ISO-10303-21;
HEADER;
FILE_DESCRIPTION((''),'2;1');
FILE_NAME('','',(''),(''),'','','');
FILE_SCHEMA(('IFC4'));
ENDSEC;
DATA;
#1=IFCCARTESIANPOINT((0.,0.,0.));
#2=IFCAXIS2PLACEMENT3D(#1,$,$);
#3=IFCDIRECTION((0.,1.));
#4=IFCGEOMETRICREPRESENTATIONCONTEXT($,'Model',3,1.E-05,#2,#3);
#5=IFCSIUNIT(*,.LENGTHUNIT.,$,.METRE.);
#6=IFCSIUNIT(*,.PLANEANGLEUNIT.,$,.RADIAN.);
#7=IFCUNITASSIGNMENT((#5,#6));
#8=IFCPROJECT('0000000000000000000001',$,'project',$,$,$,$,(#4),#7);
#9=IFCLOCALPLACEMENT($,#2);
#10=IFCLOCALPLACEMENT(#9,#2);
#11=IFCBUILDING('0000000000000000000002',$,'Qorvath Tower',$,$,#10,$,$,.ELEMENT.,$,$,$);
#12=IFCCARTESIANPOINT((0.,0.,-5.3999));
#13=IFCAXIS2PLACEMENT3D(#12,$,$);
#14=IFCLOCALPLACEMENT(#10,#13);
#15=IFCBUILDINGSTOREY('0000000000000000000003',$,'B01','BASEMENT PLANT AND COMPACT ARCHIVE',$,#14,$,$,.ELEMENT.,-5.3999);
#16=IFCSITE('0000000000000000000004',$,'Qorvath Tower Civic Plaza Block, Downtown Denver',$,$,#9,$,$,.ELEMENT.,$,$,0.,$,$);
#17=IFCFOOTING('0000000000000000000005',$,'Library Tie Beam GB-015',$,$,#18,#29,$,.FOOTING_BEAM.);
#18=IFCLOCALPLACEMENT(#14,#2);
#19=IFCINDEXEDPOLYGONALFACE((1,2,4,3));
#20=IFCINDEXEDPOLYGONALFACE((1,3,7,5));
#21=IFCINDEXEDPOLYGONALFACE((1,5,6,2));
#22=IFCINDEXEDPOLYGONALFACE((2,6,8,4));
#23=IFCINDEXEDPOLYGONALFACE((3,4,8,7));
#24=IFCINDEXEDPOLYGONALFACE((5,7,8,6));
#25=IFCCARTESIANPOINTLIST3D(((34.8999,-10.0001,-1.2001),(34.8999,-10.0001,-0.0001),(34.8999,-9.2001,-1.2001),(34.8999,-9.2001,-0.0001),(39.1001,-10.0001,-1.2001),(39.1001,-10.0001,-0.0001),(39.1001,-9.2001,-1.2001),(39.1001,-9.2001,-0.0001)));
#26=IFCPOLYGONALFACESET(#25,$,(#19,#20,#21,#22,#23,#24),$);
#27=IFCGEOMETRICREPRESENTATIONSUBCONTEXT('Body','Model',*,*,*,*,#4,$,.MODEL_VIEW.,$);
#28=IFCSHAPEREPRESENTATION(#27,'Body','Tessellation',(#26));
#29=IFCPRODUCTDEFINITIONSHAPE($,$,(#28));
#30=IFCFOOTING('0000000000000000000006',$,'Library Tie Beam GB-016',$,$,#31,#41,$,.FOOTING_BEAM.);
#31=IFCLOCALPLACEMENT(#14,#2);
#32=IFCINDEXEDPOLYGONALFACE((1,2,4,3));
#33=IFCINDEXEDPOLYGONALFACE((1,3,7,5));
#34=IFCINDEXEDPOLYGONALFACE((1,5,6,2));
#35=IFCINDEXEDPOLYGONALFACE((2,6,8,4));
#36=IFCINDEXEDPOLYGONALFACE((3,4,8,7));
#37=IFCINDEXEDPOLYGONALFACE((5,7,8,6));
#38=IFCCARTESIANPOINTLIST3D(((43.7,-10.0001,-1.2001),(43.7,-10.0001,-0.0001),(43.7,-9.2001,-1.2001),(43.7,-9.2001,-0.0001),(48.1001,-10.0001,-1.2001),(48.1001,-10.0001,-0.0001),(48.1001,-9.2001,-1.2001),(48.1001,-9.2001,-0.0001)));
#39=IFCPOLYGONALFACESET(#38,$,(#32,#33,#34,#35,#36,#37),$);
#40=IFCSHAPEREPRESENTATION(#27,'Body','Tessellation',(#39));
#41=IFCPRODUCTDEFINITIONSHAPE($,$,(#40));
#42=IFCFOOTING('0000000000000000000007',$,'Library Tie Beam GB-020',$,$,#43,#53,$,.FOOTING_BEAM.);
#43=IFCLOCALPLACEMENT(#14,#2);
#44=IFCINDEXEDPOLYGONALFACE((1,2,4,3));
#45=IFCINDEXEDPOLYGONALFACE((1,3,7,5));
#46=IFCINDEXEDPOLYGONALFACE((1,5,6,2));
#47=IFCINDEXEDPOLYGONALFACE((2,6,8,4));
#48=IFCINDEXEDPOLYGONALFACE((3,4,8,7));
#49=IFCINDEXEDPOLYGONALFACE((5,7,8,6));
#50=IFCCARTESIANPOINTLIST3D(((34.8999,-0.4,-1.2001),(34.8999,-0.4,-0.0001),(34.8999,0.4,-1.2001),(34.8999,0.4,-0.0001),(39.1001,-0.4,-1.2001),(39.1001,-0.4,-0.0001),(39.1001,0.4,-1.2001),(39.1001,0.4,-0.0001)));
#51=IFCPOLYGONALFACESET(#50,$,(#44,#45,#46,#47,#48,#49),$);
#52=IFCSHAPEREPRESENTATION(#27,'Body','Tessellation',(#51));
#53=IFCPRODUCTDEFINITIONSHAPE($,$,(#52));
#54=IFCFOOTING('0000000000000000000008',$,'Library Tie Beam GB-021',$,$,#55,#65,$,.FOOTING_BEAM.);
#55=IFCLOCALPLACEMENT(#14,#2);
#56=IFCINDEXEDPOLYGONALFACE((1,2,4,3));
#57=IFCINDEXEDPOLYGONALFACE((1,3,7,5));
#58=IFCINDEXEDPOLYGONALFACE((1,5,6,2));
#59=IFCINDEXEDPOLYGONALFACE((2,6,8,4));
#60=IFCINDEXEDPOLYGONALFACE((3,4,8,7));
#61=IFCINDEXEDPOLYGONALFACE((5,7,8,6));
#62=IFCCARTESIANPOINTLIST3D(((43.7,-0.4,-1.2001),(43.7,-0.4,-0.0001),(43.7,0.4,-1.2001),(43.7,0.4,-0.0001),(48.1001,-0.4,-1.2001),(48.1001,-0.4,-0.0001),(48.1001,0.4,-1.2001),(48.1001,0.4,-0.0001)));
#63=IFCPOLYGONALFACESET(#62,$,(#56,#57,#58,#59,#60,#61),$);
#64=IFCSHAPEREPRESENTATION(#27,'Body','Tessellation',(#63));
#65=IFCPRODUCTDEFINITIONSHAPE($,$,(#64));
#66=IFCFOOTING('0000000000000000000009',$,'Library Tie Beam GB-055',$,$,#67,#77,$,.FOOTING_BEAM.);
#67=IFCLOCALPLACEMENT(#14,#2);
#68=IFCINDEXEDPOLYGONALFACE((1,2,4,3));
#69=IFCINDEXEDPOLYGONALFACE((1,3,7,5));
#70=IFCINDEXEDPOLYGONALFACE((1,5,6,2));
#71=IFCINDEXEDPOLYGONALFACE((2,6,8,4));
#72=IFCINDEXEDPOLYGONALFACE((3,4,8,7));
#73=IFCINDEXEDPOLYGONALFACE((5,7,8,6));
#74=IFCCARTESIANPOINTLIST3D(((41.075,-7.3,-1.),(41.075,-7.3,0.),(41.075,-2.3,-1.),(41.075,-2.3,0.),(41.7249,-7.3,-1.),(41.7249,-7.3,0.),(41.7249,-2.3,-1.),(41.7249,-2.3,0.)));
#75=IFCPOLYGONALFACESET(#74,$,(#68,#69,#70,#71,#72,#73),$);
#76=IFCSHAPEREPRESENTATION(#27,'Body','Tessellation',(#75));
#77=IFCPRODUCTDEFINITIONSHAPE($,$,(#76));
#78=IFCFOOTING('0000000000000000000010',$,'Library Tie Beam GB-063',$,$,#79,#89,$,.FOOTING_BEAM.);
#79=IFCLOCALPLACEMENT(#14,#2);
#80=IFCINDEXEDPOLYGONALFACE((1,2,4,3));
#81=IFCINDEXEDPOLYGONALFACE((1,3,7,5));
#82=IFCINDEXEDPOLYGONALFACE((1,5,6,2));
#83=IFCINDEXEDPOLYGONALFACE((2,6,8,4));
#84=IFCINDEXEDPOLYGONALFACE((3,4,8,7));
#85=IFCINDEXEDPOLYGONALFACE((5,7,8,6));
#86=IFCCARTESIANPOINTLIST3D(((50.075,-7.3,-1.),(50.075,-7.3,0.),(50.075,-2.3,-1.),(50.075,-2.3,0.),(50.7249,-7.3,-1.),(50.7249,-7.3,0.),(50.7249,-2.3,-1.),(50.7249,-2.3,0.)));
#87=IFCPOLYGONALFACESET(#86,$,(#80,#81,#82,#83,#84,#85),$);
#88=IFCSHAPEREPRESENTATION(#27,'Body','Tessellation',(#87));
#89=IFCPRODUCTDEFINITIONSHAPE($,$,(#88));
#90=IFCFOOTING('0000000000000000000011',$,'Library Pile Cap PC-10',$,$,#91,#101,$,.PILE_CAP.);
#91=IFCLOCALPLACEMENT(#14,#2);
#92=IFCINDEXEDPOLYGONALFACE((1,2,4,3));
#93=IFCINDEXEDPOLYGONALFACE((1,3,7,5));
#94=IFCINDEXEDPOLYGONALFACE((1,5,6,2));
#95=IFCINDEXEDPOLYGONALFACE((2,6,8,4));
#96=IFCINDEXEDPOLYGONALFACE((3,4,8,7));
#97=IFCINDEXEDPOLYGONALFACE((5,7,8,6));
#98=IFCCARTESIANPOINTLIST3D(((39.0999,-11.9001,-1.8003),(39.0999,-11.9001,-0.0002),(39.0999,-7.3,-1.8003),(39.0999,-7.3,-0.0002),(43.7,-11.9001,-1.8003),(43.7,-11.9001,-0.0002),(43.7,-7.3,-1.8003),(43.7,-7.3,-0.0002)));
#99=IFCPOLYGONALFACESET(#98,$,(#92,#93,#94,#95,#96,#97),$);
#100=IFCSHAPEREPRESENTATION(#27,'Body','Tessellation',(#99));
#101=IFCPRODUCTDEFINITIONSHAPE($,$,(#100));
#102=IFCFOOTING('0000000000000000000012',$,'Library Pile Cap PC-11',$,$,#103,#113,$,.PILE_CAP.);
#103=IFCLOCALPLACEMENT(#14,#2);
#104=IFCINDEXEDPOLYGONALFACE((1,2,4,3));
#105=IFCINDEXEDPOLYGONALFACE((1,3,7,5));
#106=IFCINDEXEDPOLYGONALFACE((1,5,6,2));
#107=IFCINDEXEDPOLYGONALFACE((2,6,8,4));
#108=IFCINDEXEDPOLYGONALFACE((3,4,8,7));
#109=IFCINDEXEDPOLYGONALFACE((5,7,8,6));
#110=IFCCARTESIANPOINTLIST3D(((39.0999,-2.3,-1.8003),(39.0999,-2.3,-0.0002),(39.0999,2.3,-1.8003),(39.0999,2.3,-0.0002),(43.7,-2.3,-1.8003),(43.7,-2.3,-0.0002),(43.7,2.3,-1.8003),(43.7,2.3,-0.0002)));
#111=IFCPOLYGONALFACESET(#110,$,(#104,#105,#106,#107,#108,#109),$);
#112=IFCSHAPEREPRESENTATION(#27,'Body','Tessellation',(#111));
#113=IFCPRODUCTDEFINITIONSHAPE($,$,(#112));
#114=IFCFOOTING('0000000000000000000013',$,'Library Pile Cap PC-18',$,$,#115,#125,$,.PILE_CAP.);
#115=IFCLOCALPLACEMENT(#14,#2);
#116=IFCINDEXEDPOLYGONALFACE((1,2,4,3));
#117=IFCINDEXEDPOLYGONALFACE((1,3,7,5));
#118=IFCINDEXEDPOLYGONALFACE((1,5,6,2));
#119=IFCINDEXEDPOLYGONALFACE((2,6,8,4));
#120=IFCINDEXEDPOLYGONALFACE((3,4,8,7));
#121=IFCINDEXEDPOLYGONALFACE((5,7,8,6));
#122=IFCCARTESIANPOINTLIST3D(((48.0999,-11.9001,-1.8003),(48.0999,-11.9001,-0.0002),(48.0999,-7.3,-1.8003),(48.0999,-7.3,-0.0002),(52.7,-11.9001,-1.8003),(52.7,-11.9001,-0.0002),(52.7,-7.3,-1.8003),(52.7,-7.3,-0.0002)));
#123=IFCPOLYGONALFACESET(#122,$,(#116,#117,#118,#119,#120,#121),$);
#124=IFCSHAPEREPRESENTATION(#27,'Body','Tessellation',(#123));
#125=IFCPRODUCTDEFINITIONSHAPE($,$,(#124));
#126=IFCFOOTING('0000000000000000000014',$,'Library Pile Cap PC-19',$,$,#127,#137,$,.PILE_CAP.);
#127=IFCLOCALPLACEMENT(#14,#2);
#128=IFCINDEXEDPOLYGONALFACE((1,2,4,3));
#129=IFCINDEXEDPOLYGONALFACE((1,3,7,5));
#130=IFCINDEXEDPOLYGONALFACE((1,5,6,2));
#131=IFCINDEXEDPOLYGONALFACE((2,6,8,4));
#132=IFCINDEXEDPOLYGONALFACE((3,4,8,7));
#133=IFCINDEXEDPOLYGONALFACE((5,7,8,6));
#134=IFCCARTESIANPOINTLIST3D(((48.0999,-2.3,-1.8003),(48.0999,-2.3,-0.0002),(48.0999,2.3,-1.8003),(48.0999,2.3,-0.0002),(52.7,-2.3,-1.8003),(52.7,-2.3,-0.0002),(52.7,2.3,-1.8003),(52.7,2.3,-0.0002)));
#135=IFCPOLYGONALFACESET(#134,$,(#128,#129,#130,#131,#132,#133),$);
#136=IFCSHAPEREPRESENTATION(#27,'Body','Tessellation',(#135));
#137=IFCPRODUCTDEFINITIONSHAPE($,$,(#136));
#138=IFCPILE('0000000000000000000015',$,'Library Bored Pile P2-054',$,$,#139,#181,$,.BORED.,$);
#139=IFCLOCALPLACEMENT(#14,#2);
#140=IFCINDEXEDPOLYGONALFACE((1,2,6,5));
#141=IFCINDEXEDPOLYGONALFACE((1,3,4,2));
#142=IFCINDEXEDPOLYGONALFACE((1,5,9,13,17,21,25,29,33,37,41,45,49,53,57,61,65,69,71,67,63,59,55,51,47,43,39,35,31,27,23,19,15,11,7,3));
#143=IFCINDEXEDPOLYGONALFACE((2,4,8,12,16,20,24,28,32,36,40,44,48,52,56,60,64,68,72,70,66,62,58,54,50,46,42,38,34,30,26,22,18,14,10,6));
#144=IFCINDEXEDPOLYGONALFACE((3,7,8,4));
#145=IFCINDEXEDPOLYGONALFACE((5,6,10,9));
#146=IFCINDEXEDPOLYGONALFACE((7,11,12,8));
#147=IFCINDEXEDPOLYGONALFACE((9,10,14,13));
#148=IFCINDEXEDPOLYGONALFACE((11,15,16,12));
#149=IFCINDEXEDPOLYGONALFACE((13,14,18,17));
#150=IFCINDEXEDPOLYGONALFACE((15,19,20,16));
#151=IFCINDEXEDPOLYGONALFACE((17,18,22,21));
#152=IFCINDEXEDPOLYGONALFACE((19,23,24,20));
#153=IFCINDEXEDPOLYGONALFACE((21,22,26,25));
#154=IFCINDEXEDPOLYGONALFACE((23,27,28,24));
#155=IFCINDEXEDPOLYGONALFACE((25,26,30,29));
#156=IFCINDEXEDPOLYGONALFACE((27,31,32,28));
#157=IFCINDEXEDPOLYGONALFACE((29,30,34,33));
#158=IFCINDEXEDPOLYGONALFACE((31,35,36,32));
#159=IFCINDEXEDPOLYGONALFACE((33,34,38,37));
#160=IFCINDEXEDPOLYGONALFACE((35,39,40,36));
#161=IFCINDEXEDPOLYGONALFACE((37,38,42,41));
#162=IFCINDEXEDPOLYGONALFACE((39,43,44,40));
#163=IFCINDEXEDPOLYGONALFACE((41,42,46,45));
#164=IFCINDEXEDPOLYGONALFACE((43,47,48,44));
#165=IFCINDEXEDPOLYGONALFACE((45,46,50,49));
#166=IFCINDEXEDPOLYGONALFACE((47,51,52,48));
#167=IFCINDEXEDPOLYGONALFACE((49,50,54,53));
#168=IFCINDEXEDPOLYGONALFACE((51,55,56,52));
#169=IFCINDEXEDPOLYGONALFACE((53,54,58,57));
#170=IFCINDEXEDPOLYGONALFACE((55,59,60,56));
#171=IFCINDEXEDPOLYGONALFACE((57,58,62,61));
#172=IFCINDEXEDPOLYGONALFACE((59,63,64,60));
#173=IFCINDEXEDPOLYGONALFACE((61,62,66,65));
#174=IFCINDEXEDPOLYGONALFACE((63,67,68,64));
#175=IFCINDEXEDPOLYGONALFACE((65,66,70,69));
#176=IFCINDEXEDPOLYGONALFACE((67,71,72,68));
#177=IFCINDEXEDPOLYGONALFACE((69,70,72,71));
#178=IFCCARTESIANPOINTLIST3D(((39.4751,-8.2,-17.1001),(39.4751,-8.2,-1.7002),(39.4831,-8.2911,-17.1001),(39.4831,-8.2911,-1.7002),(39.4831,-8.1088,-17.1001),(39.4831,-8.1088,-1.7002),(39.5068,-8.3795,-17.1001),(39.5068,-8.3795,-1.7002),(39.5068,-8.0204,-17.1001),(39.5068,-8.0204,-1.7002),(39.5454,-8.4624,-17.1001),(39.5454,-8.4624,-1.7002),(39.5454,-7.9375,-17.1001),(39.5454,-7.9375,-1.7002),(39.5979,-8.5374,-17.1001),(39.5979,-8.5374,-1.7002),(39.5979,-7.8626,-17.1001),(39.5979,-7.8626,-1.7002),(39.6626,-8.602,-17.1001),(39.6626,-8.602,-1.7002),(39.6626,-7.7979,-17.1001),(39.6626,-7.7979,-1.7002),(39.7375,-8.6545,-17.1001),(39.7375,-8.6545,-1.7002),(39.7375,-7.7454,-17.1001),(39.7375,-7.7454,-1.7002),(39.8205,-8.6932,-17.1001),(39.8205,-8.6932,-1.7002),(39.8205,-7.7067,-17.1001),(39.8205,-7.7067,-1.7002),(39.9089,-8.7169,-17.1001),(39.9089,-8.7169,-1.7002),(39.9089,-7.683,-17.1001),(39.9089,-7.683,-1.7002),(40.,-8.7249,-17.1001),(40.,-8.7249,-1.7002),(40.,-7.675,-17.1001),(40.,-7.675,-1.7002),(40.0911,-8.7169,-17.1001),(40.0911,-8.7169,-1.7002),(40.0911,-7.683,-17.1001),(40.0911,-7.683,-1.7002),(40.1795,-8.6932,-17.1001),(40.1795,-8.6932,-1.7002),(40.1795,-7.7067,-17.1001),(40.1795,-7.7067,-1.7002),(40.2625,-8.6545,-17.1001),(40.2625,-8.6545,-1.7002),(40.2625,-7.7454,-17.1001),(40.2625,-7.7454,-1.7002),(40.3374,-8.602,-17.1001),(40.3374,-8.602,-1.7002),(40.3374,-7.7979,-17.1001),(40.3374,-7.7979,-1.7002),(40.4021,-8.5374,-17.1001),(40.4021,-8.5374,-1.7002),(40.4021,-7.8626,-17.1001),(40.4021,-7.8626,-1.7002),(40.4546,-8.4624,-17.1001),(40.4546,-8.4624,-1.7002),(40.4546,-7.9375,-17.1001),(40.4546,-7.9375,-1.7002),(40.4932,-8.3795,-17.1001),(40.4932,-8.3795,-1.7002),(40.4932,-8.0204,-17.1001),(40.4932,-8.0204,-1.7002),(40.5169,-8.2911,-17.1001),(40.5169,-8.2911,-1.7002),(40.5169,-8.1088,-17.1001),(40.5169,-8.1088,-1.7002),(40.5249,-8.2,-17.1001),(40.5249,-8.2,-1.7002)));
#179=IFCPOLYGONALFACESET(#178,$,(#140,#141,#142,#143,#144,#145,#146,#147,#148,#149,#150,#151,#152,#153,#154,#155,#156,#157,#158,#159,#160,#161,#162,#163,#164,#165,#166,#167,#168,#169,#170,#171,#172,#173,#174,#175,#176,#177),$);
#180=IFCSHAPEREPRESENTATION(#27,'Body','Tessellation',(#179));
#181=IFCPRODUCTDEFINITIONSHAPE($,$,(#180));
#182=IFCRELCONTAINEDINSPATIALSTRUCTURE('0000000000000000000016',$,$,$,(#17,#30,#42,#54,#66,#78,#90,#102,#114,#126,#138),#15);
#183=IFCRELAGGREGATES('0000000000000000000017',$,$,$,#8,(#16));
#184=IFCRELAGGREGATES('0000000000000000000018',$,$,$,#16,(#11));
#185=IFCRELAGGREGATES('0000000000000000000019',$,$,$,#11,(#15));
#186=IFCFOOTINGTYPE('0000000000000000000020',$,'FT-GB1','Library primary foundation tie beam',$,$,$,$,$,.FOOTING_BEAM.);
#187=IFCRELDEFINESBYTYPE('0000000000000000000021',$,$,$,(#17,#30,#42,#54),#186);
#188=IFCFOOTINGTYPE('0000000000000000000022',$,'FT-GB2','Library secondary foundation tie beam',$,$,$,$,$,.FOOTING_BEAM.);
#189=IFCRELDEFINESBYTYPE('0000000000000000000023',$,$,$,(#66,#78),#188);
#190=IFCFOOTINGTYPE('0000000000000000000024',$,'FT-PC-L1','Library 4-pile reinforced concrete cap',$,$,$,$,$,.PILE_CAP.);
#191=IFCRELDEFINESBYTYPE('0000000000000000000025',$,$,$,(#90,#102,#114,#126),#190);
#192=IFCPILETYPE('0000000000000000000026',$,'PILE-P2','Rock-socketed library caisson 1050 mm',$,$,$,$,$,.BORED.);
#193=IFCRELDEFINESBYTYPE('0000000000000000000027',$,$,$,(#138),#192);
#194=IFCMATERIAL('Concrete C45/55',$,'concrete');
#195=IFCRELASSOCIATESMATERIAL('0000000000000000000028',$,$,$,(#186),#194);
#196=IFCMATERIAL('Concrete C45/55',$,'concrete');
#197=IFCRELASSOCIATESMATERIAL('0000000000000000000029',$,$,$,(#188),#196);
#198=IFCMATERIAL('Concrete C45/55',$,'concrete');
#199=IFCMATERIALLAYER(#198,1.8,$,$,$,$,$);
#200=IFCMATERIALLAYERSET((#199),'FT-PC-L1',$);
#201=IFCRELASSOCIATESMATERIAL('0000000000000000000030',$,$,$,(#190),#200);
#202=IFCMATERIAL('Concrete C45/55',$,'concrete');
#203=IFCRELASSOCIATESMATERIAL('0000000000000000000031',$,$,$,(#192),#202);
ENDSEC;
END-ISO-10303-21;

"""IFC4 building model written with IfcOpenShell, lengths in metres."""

from ifc_helpers import new_model, si_unit, direction, frame, origin, origin_2d, place, context, subcontext, project, spatial, rectangle, circle, extrude, material, layer, layer_set, material_profile, profile_set, type_object, element, save


model = new_model("IFC4")

# Units and contexts
model_context = context("Model", 3, precision=1e-05, world=origin(), true_north=direction((0.0, 1.0)))
body_context = subcontext(model_context, "Body", "Model", "MODEL_VIEW")
ifc_project = project(units=[si_unit("LENGTHUNIT", "METRE"), si_unit("PLANEANGLEUNIT", "RADIAN")], contexts=[model_context])

# Site, building, storey
site_placement = place(None, origin())
site = spatial("IfcSite", under=ifc_project, at=site_placement, Name="Qorvath Tower Civic Plaza Block, Downtown Denver", CompositionType="ELEMENT", RefElevation=0.0)
building_placement = place(site_placement, origin())
building = spatial("IfcBuilding", under=site, at=building_placement, Name="Qorvath Tower", CompositionType="ELEMENT")
storey_placement = place(building_placement, frame((0.0, 0.0, -5.3999)))
storey = spatial("IfcBuildingStorey", under=building, at=storey_placement, Name="B01", Description="BASEMENT PLANT AND COMPACT ARCHIVE", CompositionType="ELEMENT", Elevation=-5.3999)

# Footings
ifc_material_1 = material(Name="Concrete C45/55", Category="concrete")
ifc_material_profile_1 = material_profile(ifc_material_1, rectangle(XDim=0.8, YDim=1.2, at=origin_2d()), Name="GB 800x1200")
ifc_profile_set_1 = profile_set([ifc_material_profile_1], Name="Concrete C45/55")
footing_type_1 = type_object("IfcFootingType", Name="FT-GB1", Description="Library primary foundation tie beam", PredefinedType="FOOTING_BEAM", material=ifc_profile_set_1)
footing_1_placement = place(storey_placement, frame((34.8999, -9.6001, -0.6001), z_axis=(1.0, 0.0, 0.0), x_axis=(0.0, 1.0, 0.0)))
element("IfcFooting", 1, at=footing_1_placement, inside=storey, type_object=footing_type_1, Name="Library Tie Beam GB-015", PredefinedType="FOOTING_BEAM", context=body_context, shape_type="SweptSolid", body=[
    extrude(rectangle(XDim=0.8, YDim=1.2, at=origin_2d()), origin(), (0.0, 0.0, 1.0), 4.2002),
])
footing_2_placement = place(storey_placement, frame((43.7, -9.6001, -0.6001), z_axis=(1.0, 0.0, 0.0), x_axis=(0.0, 1.0, 0.0)))
element("IfcFooting", 2, at=footing_2_placement, inside=storey, type_object=footing_type_1, Name="Library Tie Beam GB-016", PredefinedType="FOOTING_BEAM", context=body_context, shape_type="SweptSolid", body=[
    extrude(rectangle(XDim=0.8, YDim=1.2, at=origin_2d()), origin(), (0.0, 0.0, 1.0), 4.4001),
])
footing_3_placement = place(storey_placement, frame((34.8999, 0.0, -0.6001), z_axis=(1.0, 0.0, 0.0), x_axis=(0.0, 1.0, 0.0)))
element("IfcFooting", 3, at=footing_3_placement, inside=storey, type_object=footing_type_1, Name="Library Tie Beam GB-020", PredefinedType="FOOTING_BEAM", context=body_context, shape_type="SweptSolid", body=[
    extrude(rectangle(XDim=0.8, YDim=1.2, at=origin_2d()), origin(), (0.0, 0.0, 1.0), 4.2002),
])
footing_4_placement = place(storey_placement, frame((43.7, 0.0, -0.6001), z_axis=(1.0, 0.0, 0.0), x_axis=(0.0, 1.0, 0.0)))
element("IfcFooting", 4, at=footing_4_placement, inside=storey, type_object=footing_type_1, Name="Library Tie Beam GB-021", PredefinedType="FOOTING_BEAM", context=body_context, shape_type="SweptSolid", body=[
    extrude(rectangle(XDim=0.8, YDim=1.2, at=origin_2d()), origin(), (0.0, 0.0, 1.0), 4.4001),
])
ifc_material_2 = material(Name="Concrete C45/55", Category="concrete")
ifc_material_profile_2 = material_profile(ifc_material_2, rectangle(XDim=0.6499, YDim=1.0, at=origin_2d()), Name="GB 650x1000")
ifc_profile_set_2 = profile_set([ifc_material_profile_2], Name="Concrete C45/55")
footing_type_2 = type_object("IfcFootingType", Name="FT-GB2", Description="Library secondary foundation tie beam", PredefinedType="FOOTING_BEAM", material=ifc_profile_set_2)
for number, where, z_axis, x_axis, name in (
    (5, (41.3999, -7.3, -0.5), (0.0, 1.0, 0.0), (-1.0, 0.0, 0.0), "Library Tie Beam GB-055"),
    (6, (50.3999, -7.3, -0.5), (0.0, 1.0, 0.0), (-1.0, 0.0, 0.0), "Library Tie Beam GB-063"),
):
    element("IfcFooting", number, at=place(storey_placement, frame(where, z_axis=z_axis, x_axis=x_axis)), inside=storey, type_object=footing_type_2, Name=name, PredefinedType="FOOTING_BEAM", context=body_context, shape_type="SweptSolid", body=[
        extrude(rectangle(XDim=0.6499, YDim=1.0, at=origin_2d()), origin(), (0.0, 0.0, 1.0), 5.0),
    ])
ifc_material_3 = material(Name="Concrete C45/55", Category="concrete")
ifc_layer_1 = layer(ifc_material_3, 1.8)
ifc_layer_set_1 = layer_set([ifc_layer_1], Name="FT-PC-L1")
footing_type_3 = type_object("IfcFootingType", Name="FT-PC-L1", Description="Library 4-pile reinforced concrete cap", PredefinedType="PILE_CAP", material=ifc_layer_set_1)
for number, where, z_axis, x_axis, name in (
    (7, (41.3999, -9.6001, -1.8003), (0.0, 0.0, 1.0), (1.0, 0.0, 0.0), "Library Pile Cap PC-10"),
    (8, (41.3999, 0.0, -1.8003), (0.0, 0.0, 1.0), (1.0, 0.0, 0.0), "Library Pile Cap PC-11"),
    (9, (50.3999, -9.6001, -1.8003), (0.0, 0.0, 1.0), (1.0, 0.0, 0.0), "Library Pile Cap PC-18"),
    (10, (50.3999, 0.0, -1.8003), (0.0, 0.0, 1.0), (1.0, 0.0, 0.0), "Library Pile Cap PC-19"),
):
    element("IfcFooting", number, at=place(storey_placement, frame(where, z_axis=z_axis, x_axis=x_axis)), inside=storey, type_object=footing_type_3, Name=name, PredefinedType="PILE_CAP", context=body_context, shape_type="SweptSolid", body=[
        extrude(rectangle(XDim=4.6001, YDim=4.6001, at=origin_2d()), origin(), (0.0, 0.0, 1.0), 1.8),
    ])

# Pile
ifc_material_4 = material(Name="Concrete C45/55", Category="concrete")
ifc_material_profile_3 = material_profile(ifc_material_4, circle(Radius=0.5249, at=origin_2d()), Name="BORED PILE 1050")
ifc_profile_set_3 = profile_set([ifc_material_profile_3], Name="Concrete C45/55")
pile_type = type_object("IfcPileType", Name="PILE-P2", Description="Rock-socketed library caisson 1050 mm", PredefinedType="BORED", material=ifc_profile_set_3)
for number, where, z_axis, x_axis, name in (
    (11, (40.0, -8.2, -1.7002), (0.0, 0.0, -1.0), (1.0, 0.0, 0.0), "Library Bored Pile P2-054"),
):
    element("IfcPile", number, at=place(storey_placement, frame(where, z_axis=z_axis, x_axis=x_axis)), inside=storey, type_object=pile_type, Name=name, PredefinedType="BORED", context=body_context, shape_type="SweptSolid", body=[
        extrude(circle(Radius=0.5249, at=origin_2d()), origin(), (0.0, 0.0, 1.0), 15.3999),
    ])

save(model, "model.ifc")
